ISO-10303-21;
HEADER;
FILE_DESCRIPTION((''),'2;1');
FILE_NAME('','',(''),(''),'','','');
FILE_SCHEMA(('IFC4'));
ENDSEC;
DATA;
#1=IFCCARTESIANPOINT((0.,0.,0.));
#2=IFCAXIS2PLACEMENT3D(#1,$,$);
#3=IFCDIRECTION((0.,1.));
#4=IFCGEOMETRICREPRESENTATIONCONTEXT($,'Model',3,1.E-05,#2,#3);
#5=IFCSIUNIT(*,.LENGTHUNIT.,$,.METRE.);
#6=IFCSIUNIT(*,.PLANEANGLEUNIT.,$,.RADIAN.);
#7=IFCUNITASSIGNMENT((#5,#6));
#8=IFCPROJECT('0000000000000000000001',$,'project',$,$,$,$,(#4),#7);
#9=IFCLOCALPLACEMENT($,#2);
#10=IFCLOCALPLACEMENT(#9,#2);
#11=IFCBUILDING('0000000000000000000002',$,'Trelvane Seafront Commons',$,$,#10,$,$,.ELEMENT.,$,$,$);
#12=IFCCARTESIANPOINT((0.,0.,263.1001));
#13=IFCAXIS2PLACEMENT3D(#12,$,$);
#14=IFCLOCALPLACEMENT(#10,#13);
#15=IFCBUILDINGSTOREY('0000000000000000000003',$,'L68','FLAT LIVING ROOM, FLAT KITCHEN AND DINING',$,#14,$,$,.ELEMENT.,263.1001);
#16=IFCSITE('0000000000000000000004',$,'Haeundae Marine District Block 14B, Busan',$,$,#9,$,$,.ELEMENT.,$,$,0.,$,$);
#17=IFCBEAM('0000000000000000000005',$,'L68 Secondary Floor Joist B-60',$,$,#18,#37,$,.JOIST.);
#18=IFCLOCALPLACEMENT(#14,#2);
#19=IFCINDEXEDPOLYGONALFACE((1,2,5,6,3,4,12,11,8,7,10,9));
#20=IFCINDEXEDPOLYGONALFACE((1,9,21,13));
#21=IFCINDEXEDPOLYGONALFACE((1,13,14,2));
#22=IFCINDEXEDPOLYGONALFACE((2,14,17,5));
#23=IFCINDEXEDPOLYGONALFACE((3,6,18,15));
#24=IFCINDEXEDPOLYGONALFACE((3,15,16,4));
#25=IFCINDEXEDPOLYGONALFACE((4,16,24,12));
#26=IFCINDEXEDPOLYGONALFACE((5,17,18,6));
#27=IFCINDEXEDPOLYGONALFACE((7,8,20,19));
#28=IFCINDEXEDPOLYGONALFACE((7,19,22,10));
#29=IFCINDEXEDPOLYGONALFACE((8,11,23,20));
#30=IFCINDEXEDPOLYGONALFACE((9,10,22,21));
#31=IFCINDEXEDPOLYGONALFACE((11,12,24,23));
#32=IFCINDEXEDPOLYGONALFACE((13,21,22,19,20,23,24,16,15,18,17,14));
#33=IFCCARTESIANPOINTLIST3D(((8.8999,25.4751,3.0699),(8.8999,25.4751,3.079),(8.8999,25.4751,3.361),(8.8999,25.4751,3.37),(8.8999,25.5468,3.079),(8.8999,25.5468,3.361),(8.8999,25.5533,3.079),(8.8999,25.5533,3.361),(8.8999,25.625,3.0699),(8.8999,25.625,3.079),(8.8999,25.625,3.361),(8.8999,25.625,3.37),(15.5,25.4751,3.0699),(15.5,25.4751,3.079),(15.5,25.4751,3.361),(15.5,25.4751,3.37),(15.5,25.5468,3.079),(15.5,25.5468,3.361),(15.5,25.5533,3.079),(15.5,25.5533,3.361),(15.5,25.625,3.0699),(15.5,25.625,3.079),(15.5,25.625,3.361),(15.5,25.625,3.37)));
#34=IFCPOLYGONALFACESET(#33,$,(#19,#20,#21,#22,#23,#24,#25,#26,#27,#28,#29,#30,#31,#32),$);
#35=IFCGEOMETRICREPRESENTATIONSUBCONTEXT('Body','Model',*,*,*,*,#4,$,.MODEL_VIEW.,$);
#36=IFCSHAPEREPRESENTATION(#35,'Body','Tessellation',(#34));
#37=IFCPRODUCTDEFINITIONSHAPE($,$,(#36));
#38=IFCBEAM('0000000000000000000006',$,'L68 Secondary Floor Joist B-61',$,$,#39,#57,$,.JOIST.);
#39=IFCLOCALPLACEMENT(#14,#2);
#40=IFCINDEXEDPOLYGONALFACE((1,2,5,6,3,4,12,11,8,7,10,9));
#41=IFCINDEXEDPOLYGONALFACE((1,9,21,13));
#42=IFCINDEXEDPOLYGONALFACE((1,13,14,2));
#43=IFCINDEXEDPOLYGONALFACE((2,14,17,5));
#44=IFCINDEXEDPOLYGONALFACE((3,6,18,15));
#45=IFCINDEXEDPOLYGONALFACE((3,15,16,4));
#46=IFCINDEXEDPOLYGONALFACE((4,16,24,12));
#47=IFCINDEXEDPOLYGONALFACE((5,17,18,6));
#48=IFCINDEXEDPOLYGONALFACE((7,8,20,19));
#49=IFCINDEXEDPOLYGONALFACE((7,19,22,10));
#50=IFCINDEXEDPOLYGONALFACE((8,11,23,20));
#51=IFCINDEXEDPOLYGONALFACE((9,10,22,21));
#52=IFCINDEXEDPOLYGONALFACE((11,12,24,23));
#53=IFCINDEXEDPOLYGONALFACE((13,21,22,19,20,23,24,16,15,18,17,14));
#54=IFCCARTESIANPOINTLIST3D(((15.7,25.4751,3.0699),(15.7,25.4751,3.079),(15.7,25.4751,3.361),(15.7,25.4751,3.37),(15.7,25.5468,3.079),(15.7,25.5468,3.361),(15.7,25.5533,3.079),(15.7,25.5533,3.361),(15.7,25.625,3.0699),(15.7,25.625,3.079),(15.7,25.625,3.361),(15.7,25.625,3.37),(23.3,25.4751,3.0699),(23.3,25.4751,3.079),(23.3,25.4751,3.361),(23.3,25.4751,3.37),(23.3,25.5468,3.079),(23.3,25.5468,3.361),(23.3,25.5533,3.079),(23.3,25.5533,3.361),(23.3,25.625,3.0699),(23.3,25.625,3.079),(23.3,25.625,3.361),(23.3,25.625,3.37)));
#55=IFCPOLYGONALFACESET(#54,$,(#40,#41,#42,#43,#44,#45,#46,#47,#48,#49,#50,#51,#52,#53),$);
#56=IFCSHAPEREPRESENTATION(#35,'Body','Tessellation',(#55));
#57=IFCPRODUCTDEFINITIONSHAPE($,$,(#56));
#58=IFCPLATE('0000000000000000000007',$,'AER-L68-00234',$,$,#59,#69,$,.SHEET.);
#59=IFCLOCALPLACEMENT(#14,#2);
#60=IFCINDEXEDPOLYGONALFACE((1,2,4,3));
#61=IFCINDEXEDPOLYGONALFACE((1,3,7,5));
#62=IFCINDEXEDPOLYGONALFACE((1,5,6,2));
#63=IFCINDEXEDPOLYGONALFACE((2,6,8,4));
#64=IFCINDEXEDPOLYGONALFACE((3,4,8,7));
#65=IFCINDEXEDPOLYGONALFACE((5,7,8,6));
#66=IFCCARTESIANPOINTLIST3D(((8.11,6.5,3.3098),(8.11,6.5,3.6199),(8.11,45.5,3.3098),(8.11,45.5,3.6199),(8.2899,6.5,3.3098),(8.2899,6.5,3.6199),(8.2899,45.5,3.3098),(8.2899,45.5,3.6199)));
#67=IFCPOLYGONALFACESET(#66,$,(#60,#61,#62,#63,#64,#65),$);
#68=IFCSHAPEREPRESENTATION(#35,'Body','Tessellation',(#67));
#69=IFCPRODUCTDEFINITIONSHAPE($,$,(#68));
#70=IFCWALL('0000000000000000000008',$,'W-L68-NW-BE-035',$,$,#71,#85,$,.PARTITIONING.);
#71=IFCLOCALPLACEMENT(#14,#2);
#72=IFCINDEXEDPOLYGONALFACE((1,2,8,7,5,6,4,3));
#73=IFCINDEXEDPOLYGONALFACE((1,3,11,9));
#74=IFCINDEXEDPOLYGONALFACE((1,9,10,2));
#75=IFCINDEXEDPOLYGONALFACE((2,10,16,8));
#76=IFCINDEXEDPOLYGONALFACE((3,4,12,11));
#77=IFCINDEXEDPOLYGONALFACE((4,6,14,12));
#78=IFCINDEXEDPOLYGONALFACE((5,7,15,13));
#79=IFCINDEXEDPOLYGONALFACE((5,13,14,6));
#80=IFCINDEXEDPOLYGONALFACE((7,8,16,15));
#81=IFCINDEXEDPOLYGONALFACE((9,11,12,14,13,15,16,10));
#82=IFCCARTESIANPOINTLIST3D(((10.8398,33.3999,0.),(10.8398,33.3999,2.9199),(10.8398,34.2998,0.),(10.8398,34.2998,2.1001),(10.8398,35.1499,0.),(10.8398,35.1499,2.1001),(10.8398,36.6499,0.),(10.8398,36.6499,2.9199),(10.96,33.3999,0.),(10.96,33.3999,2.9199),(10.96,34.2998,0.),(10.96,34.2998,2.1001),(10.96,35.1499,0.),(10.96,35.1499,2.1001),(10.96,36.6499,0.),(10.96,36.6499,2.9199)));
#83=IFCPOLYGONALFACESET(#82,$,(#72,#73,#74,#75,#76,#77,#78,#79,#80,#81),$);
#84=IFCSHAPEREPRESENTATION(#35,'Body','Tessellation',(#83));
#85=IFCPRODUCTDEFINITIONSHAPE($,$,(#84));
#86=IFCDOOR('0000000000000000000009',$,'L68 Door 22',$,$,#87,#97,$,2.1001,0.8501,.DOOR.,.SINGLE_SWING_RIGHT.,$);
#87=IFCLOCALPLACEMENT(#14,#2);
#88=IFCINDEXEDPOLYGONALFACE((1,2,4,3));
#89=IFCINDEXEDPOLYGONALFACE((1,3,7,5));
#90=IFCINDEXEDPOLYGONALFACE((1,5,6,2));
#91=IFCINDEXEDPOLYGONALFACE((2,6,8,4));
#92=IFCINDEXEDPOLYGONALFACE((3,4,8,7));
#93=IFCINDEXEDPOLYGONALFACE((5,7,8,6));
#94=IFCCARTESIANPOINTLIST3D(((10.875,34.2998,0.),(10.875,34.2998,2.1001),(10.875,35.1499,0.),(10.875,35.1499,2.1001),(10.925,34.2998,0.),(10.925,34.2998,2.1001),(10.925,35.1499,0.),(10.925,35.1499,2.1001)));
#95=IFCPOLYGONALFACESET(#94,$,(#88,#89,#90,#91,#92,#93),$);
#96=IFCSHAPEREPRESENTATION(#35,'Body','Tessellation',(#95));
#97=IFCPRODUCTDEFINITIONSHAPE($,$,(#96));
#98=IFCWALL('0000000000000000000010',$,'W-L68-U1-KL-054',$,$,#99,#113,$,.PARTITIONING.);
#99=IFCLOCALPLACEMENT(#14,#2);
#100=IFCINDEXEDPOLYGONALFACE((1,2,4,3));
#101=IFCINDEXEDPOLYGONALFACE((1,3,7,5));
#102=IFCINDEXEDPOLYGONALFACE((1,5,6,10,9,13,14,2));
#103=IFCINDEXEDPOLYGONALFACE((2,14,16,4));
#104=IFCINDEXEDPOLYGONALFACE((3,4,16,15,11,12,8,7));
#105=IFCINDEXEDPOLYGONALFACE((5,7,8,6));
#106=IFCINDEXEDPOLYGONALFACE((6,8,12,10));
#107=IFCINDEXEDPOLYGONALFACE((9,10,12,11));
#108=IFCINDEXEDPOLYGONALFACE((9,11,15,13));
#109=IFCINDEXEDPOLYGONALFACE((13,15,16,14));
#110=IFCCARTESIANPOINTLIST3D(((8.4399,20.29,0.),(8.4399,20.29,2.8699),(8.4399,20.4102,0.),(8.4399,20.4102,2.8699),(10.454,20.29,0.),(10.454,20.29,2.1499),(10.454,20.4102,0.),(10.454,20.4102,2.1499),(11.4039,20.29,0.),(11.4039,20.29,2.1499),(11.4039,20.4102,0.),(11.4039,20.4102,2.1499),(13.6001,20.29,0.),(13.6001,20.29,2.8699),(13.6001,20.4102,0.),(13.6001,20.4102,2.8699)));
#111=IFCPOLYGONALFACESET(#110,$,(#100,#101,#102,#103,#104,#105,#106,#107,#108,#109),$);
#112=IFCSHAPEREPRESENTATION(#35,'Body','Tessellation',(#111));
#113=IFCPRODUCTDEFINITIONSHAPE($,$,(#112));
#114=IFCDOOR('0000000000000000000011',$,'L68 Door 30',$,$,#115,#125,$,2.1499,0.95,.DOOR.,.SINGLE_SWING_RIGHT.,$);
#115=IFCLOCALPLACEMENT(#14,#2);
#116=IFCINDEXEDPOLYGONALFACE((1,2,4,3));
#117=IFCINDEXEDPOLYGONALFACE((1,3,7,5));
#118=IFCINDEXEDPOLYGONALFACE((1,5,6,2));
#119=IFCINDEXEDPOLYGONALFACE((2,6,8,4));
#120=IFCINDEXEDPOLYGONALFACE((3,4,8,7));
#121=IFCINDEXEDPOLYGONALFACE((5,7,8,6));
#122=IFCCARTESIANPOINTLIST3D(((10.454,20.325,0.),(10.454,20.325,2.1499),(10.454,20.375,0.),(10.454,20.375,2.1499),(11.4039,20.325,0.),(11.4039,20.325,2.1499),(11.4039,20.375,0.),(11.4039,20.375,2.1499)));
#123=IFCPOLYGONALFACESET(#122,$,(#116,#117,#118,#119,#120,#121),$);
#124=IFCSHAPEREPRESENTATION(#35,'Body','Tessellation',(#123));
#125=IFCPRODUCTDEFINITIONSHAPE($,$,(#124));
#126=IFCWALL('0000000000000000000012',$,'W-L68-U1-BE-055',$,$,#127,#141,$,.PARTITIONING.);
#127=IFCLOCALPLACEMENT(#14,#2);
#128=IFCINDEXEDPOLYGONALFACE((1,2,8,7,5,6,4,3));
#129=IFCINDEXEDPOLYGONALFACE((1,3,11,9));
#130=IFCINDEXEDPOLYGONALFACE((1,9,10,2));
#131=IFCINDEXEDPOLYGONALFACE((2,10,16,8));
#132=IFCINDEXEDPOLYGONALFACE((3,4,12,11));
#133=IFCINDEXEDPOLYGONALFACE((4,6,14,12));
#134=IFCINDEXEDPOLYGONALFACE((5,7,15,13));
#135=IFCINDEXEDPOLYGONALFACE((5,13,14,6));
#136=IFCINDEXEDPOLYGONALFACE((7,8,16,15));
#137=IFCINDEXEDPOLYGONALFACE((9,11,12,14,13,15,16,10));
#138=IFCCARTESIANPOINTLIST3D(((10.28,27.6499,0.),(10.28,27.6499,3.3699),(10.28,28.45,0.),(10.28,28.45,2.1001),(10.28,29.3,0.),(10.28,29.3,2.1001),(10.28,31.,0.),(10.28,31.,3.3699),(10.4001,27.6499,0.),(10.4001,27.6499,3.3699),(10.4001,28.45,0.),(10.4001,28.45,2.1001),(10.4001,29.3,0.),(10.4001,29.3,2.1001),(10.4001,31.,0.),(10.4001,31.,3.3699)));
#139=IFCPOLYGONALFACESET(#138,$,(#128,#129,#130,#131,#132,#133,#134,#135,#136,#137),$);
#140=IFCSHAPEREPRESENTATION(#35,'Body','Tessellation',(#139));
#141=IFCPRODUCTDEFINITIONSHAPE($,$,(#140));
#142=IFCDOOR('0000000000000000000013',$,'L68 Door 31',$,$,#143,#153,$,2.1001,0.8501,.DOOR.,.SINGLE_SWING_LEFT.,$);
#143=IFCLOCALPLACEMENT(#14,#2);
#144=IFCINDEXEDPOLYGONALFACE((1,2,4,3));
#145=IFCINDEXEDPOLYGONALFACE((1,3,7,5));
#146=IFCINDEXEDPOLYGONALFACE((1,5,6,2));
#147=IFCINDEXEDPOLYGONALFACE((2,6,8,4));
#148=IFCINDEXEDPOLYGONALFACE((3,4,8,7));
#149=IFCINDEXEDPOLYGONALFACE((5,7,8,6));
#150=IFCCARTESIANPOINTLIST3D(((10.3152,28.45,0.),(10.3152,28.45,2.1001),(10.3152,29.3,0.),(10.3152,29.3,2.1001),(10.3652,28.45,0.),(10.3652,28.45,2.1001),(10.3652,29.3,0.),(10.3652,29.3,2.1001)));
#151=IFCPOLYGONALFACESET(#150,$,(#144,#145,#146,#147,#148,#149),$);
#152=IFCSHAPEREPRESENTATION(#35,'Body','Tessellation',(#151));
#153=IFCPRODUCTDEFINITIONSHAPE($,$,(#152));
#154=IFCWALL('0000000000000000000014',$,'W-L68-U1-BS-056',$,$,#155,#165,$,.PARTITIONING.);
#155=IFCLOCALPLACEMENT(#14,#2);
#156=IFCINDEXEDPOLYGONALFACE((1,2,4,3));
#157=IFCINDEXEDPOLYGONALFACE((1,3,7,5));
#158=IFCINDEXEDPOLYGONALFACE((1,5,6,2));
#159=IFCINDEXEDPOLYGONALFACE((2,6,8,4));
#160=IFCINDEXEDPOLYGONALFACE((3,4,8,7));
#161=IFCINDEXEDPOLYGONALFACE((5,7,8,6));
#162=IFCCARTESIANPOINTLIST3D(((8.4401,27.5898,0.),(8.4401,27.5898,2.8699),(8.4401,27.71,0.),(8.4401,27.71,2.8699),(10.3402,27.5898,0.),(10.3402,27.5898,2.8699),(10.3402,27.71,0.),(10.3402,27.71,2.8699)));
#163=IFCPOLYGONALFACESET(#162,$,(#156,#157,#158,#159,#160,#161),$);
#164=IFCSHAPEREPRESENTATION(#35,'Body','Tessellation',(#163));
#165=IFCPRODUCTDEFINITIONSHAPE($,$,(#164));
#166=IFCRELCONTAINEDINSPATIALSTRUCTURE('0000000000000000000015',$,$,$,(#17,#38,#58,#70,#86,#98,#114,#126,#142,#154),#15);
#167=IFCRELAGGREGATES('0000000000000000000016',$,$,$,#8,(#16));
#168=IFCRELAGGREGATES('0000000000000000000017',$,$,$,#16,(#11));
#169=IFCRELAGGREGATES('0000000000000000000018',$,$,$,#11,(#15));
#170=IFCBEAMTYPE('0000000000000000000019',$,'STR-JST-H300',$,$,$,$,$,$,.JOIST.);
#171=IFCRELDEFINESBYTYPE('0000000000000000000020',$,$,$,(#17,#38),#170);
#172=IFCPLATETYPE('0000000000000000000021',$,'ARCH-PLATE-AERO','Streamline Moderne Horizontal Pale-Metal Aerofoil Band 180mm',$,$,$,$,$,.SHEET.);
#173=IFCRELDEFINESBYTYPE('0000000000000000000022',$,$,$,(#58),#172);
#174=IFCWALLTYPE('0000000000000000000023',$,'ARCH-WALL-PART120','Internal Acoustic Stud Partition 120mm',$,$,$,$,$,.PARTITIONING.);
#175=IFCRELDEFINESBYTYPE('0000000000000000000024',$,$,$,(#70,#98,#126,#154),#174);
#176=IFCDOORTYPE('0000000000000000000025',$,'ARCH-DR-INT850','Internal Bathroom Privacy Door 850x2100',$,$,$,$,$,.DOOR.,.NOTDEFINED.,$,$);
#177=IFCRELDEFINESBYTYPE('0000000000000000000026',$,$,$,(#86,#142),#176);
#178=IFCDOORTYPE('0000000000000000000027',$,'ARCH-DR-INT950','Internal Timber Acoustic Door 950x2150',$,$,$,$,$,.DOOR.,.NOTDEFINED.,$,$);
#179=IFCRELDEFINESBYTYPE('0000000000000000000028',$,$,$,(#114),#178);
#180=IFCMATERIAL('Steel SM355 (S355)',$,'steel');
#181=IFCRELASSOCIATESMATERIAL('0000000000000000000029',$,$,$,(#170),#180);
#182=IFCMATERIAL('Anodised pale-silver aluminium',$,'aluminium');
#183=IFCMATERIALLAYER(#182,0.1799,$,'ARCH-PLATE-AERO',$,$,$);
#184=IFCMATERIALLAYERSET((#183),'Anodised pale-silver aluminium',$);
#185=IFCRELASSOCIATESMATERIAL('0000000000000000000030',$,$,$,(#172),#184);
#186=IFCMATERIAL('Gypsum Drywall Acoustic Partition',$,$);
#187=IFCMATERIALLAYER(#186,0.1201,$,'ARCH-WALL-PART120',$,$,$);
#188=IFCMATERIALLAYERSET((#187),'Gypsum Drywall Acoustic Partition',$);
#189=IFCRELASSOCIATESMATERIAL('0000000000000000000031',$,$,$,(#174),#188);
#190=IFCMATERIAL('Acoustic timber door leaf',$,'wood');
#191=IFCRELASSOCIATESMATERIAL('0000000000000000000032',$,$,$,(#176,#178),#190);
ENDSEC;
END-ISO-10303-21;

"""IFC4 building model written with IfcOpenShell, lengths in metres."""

from ifc_helpers import new_model, si_unit, direction, frame, frame_2d, origin, origin_2d, place, context, subcontext, project, spatial, rectangle, i_section, extrude, source, transform, mapped, material, layer, layer_set, material_profile, profile_set, type_object, element, fill, save


model = new_model("IFC4")

# Units and contexts
model_context = context("Model", 3, precision=1e-05, world=origin(), true_north=direction((0.0, 1.0)))
body_context = subcontext(model_context, "Body", "Model", "MODEL_VIEW")
ifc_project = project(units=[si_unit("LENGTHUNIT", "METRE"), si_unit("PLANEANGLEUNIT", "RADIAN")], contexts=[model_context])

# Site, building, storey
site_placement = place(None, origin())
site = spatial("IfcSite", under=ifc_project, at=site_placement, Name="Haeundae Marine District Block 14B, Busan", CompositionType="ELEMENT", RefElevation=0.0)
building_placement = place(site_placement, origin())
building = spatial("IfcBuilding", under=site, at=building_placement, Name="Trelvane Seafront Commons", CompositionType="ELEMENT")
storey_placement = place(building_placement, frame((0.0, 0.0, 263.1001)))
storey = spatial("IfcBuildingStorey", under=building, at=storey_placement, Name="L68", Description="FLAT LIVING ROOM, FLAT KITCHEN AND DINING", CompositionType="ELEMENT", Elevation=263.1001)

# Shared definitions
ifc_material_1 = material(Name="Steel SM355 (S355)", Category="steel")

# Beams
ifc_material_profile_1 = material_profile(ifc_material_1, i_section(OverallWidth=0.1499, OverallDepth=0.3, WebThickness=0.0066, FlangeThickness=0.009, at=origin_2d()), Name="H-300x150x6.5x9")
ifc_profile_set_1 = profile_set([ifc_material_profile_1], Name="Steel SM355 (S355)")
beam_type_1 = type_object("IfcBeamType", Name="STR-JST-H300", PredefinedType="JOIST", material=ifc_profile_set_1)
shared_shape_1 = source(origin(), body_context, "Body", "SweptSolid", [
    extrude(i_section(OverallWidth=0.1499, OverallDepth=0.3, WebThickness=0.0066, FlangeThickness=0.009, at=origin_2d()), origin(), (0.0, 0.0, 1.0), 6.6001),
])
beam_1_placement = place(storey_placement, frame((8.8999, 25.55, 3.22), z_axis=(1.0, 0.0, 0.0), x_axis=(0.0, 1.0, 0.0)))
element("IfcBeam", 1, at=beam_1_placement, inside=storey, type_object=beam_type_1, Name="L68 Secondary Floor Joist B-60", PredefinedType="JOIST", context=body_context, shape_type="MappedRepresentation", body=[
    mapped(shared_shape_1, transform((0.0, 0.0, 0.0), x_axis=(1.0, 0.0, 0.0), y_axis=(0.0, 1.0, 0.0), z_axis=(0.0, 0.0, 1.0), scale=1.0)),
])
shared_shape_2 = source(origin(), body_context, "Body", "SweptSolid", [
    extrude(i_section(OverallWidth=0.1499, OverallDepth=0.3, WebThickness=0.0066, FlangeThickness=0.009, at=origin_2d()), origin(), (0.0, 0.0, 1.0), 7.6001),
])
beam_2_placement = place(storey_placement, frame((15.7, 25.55, 3.22), z_axis=(1.0, 0.0, 0.0), x_axis=(0.0, 1.0, 0.0)))
element("IfcBeam", 2, at=beam_2_placement, inside=storey, type_object=beam_type_1, Name="L68 Secondary Floor Joist B-61", PredefinedType="JOIST", context=body_context, shape_type="MappedRepresentation", body=[
    mapped(shared_shape_2, transform((0.0, 0.0, 0.0), x_axis=(1.0, 0.0, 0.0), y_axis=(0.0, 1.0, 0.0), z_axis=(0.0, 0.0, 1.0), scale=1.0)),
])

# Plate
ifc_material_2 = material(Name="Anodised pale-silver aluminium", Category="aluminium")
ifc_layer_1 = layer(ifc_material_2, 0.1799, Name="ARCH-PLATE-AERO")
ifc_layer_set_1 = layer_set([ifc_layer_1], Name="Anodised pale-silver aluminium")
plate_type = type_object("IfcPlateType", Name="ARCH-PLATE-AERO", Description="Streamline Moderne Horizontal Pale-Metal Aerofoil Band 180mm", PredefinedType="SHEET", material=ifc_layer_set_1)
shared_shape_3 = source(origin(), body_context, "Body", "SweptSolid", [
    extrude(rectangle(XDim=39.0, YDim=0.1799, at=origin_2d()), origin(), (0.0, 0.0, 1.0), 0.3101),
])
plate_placement = place(storey_placement, frame((8.2, 26.0, 3.3098), z_axis=(0.0, 0.0, 1.0), x_axis=(0.0, 1.0, 0.0)))
element("IfcPlate", 3, at=plate_placement, inside=storey, type_object=plate_type, Name="AER-L68-00234", PredefinedType="SHEET", context=body_context, shape_type="MappedRepresentation", body=[
    mapped(shared_shape_3, transform((0.0, 0.0, 0.0), x_axis=(1.0, 0.0, 0.0), y_axis=(0.0, 1.0, 0.0), z_axis=(0.0, 0.0, 1.0), scale=1.0)),
])

# Walls, openings, doors
ifc_material_3 = material(Name="Gypsum Drywall Acoustic Partition")
ifc_layer_2 = layer(ifc_material_3, 0.1201, Name="ARCH-WALL-PART120")
ifc_layer_set_2 = layer_set([ifc_layer_2], Name="Gypsum Drywall Acoustic Partition")
wall_type_1 = type_object("IfcWallType", Name="ARCH-WALL-PART120", Description="Internal Acoustic Stud Partition 120mm", PredefinedType="PARTITIONING", material=ifc_layer_set_2)
wall_1_placement = place(storey_placement, frame((10.8999, 33.3999, 0.0), z_axis=(0.0, 0.0, 1.0), x_axis=(0.0, 1.0, 0.0)))
wall_1 = element("IfcWall", 4, at=wall_1_placement, inside=storey, type_object=wall_type_1, Name="W-L68-NW-BE-035", PredefinedType="PARTITIONING", context=body_context, shape_type="SweptSolid", body=[
    extrude(rectangle(XDim=3.25, YDim=0.1201, at=frame_2d((1.625, 0.0))), origin(), (0.0, 0.0, 1.0), 2.9199),
])
opening_1_placement = place(wall_1_placement, frame((0.8999, 0.0, 0.0)))
opening_1 = element("IfcOpeningElement", 5, at=opening_1_placement, cuts=wall_1, PredefinedType="OPENING", context=body_context, shape_type="SweptSolid", body=[
    extrude(rectangle(XDim=0.8501, YDim=2.1001, at=frame_2d((0.425, 1.05))), frame((0.0, 0.0701, 0.0), z_axis=(0.0, -1.0, 0.0), x_axis=(1.0, 0.0, 0.0)), (0.0, 0.0, 1.0), 0.1401),
])
ifc_material_4 = material(Name="Acoustic timber door leaf", Category="wood")
door_type_1 = type_object("IfcDoorType", Name="ARCH-DR-INT850", Description="Internal Bathroom Privacy Door 850x2100", OperationType="NOTDEFINED", PredefinedType="DOOR", material=ifc_material_4)
shared_shape_4 = source(origin(), body_context, "Body", "SweptSolid", [
    extrude(rectangle(XDim=0.8501, YDim=2.1001, at=frame_2d((0.425, 1.05))), frame((0.0, 0.0249, 0.0), z_axis=(0.0, -1.0, 0.0), x_axis=(1.0, 0.0, 0.0)), (0.0, 0.0, 1.0), 0.05),
])
door_1_placement = place(opening_1_placement, origin())
door_1 = element("IfcDoor", 6, at=door_1_placement, inside=storey, type_object=door_type_1, Name="L68 Door 22", OperationType="SINGLE_SWING_RIGHT", OverallHeight=2.1001, OverallWidth=0.8501, PredefinedType="DOOR", context=body_context, shape_type="MappedRepresentation", body=[
    mapped(shared_shape_4, transform((0.0, 0.0, 0.0), x_axis=(1.0, 0.0, 0.0), y_axis=(0.0, 1.0, 0.0), z_axis=(0.0, 0.0, 1.0), scale=1.0)),
])
fill(opening_1, door_1)
wall_2_placement = place(storey_placement, frame((8.4399, 20.3501, 0.0), z_axis=(0.0, 0.0, 1.0), x_axis=(1.0, 0.0, 0.0)))
wall_2 = element("IfcWall", 7, at=wall_2_placement, inside=storey, type_object=wall_type_1, Name="W-L68-U1-KL-054", PredefinedType="PARTITIONING", context=body_context, shape_type="SweptSolid", body=[
    extrude(rectangle(XDim=5.1602, YDim=0.1201, at=frame_2d((2.5801, 0.0))), origin(), (0.0, 0.0, 1.0), 2.8699),
])
opening_2_placement = place(wall_2_placement, frame((2.0139, 0.0, 0.0)))
opening_2 = element("IfcOpeningElement", 8, at=opening_2_placement, cuts=wall_2, PredefinedType="OPENING", context=body_context, shape_type="SweptSolid", body=[
    extrude(rectangle(XDim=0.95, YDim=2.1499, at=frame_2d((0.4751, 1.075))), frame((0.0, 0.0701, 0.0), z_axis=(0.0, -1.0, 0.0), x_axis=(1.0, 0.0, 0.0)), (0.0, 0.0, 1.0), 0.1401),
])
door_type_2 = type_object("IfcDoorType", Name="ARCH-DR-INT950", Description="Internal Timber Acoustic Door 950x2150", OperationType="NOTDEFINED", PredefinedType="DOOR", material=ifc_material_4)
shared_shape_5 = source(origin(), body_context, "Body", "SweptSolid", [
    extrude(rectangle(XDim=0.95, YDim=2.1499, at=frame_2d((0.4751, 1.075))), frame((0.0, 0.0249, 0.0), z_axis=(0.0, -1.0, 0.0), x_axis=(1.0, 0.0, 0.0)), (0.0, 0.0, 1.0), 0.05),
])
door_2_placement = place(opening_2_placement, origin())
door_2 = element("IfcDoor", 9, at=door_2_placement, inside=storey, type_object=door_type_2, Name="L68 Door 30", OperationType="SINGLE_SWING_RIGHT", OverallHeight=2.1499, OverallWidth=0.95, PredefinedType="DOOR", context=body_context, shape_type="MappedRepresentation", body=[
    mapped(shared_shape_5, transform((0.0, 0.0, 0.0), x_axis=(1.0, 0.0, 0.0), y_axis=(0.0, 1.0, 0.0), z_axis=(0.0, 0.0, 1.0), scale=1.0)),
])
fill(opening_2, door_2)
wall_3_placement = place(storey_placement, frame((10.3401, 27.6499, 0.0), z_axis=(0.0, 0.0, 1.0), x_axis=(0.0, 1.0, 0.0)))
wall_3 = element("IfcWall", 10, at=wall_3_placement, inside=storey, type_object=wall_type_1, Name="W-L68-U1-BE-055", PredefinedType="PARTITIONING", context=body_context, shape_type="SweptSolid", body=[
    extrude(rectangle(XDim=3.3501, YDim=0.1201, at=frame_2d((1.675, 0.0))), origin(), (0.0, 0.0, 1.0), 3.3699),
])
opening_3_placement = place(wall_3_placement, frame((0.8, 0.0, 0.0)))
opening_3 = element("IfcOpeningElement", 11, at=opening_3_placement, cuts=wall_3, PredefinedType="OPENING", context=body_context, shape_type="SweptSolid", body=[
    extrude(rectangle(XDim=0.8501, YDim=2.1001, at=frame_2d((0.425, 1.05))), frame((0.0, 0.0701, 0.0), z_axis=(0.0, -1.0, 0.0), x_axis=(1.0, 0.0, 0.0)), (0.0, 0.0, 1.0), 0.1401),
])
door_3_placement = place(opening_3_placement, origin())
door_3 = element("IfcDoor", 12, at=door_3_placement, inside=storey, type_object=door_type_1, Name="L68 Door 31", OperationType="SINGLE_SWING_LEFT", OverallHeight=2.1001, OverallWidth=0.8501, PredefinedType="DOOR", context=body_context, shape_type="MappedRepresentation", body=[
    mapped(shared_shape_4, transform((0.0, 0.0, 0.0), x_axis=(1.0, 0.0, 0.0), y_axis=(0.0, 1.0, 0.0), z_axis=(0.0, 0.0, 1.0), scale=1.0)),
])
fill(opening_3, door_3)

# Wall
wall_4_placement = place(storey_placement, frame((8.4399, 27.6499, 0.0), z_axis=(0.0, 0.0, 1.0), x_axis=(1.0, 0.0, 0.0)))
element("IfcWall", 13, at=wall_4_placement, inside=storey, type_object=wall_type_1, Name="W-L68-U1-BS-056", PredefinedType="PARTITIONING", context=body_context, shape_type="SweptSolid", body=[
    extrude(rectangle(XDim=1.9001, YDim=0.1201, at=frame_2d((0.9502, 0.0))), origin(), (0.0, 0.0, 1.0), 2.8699),
])

save(model, "model.ifc")
